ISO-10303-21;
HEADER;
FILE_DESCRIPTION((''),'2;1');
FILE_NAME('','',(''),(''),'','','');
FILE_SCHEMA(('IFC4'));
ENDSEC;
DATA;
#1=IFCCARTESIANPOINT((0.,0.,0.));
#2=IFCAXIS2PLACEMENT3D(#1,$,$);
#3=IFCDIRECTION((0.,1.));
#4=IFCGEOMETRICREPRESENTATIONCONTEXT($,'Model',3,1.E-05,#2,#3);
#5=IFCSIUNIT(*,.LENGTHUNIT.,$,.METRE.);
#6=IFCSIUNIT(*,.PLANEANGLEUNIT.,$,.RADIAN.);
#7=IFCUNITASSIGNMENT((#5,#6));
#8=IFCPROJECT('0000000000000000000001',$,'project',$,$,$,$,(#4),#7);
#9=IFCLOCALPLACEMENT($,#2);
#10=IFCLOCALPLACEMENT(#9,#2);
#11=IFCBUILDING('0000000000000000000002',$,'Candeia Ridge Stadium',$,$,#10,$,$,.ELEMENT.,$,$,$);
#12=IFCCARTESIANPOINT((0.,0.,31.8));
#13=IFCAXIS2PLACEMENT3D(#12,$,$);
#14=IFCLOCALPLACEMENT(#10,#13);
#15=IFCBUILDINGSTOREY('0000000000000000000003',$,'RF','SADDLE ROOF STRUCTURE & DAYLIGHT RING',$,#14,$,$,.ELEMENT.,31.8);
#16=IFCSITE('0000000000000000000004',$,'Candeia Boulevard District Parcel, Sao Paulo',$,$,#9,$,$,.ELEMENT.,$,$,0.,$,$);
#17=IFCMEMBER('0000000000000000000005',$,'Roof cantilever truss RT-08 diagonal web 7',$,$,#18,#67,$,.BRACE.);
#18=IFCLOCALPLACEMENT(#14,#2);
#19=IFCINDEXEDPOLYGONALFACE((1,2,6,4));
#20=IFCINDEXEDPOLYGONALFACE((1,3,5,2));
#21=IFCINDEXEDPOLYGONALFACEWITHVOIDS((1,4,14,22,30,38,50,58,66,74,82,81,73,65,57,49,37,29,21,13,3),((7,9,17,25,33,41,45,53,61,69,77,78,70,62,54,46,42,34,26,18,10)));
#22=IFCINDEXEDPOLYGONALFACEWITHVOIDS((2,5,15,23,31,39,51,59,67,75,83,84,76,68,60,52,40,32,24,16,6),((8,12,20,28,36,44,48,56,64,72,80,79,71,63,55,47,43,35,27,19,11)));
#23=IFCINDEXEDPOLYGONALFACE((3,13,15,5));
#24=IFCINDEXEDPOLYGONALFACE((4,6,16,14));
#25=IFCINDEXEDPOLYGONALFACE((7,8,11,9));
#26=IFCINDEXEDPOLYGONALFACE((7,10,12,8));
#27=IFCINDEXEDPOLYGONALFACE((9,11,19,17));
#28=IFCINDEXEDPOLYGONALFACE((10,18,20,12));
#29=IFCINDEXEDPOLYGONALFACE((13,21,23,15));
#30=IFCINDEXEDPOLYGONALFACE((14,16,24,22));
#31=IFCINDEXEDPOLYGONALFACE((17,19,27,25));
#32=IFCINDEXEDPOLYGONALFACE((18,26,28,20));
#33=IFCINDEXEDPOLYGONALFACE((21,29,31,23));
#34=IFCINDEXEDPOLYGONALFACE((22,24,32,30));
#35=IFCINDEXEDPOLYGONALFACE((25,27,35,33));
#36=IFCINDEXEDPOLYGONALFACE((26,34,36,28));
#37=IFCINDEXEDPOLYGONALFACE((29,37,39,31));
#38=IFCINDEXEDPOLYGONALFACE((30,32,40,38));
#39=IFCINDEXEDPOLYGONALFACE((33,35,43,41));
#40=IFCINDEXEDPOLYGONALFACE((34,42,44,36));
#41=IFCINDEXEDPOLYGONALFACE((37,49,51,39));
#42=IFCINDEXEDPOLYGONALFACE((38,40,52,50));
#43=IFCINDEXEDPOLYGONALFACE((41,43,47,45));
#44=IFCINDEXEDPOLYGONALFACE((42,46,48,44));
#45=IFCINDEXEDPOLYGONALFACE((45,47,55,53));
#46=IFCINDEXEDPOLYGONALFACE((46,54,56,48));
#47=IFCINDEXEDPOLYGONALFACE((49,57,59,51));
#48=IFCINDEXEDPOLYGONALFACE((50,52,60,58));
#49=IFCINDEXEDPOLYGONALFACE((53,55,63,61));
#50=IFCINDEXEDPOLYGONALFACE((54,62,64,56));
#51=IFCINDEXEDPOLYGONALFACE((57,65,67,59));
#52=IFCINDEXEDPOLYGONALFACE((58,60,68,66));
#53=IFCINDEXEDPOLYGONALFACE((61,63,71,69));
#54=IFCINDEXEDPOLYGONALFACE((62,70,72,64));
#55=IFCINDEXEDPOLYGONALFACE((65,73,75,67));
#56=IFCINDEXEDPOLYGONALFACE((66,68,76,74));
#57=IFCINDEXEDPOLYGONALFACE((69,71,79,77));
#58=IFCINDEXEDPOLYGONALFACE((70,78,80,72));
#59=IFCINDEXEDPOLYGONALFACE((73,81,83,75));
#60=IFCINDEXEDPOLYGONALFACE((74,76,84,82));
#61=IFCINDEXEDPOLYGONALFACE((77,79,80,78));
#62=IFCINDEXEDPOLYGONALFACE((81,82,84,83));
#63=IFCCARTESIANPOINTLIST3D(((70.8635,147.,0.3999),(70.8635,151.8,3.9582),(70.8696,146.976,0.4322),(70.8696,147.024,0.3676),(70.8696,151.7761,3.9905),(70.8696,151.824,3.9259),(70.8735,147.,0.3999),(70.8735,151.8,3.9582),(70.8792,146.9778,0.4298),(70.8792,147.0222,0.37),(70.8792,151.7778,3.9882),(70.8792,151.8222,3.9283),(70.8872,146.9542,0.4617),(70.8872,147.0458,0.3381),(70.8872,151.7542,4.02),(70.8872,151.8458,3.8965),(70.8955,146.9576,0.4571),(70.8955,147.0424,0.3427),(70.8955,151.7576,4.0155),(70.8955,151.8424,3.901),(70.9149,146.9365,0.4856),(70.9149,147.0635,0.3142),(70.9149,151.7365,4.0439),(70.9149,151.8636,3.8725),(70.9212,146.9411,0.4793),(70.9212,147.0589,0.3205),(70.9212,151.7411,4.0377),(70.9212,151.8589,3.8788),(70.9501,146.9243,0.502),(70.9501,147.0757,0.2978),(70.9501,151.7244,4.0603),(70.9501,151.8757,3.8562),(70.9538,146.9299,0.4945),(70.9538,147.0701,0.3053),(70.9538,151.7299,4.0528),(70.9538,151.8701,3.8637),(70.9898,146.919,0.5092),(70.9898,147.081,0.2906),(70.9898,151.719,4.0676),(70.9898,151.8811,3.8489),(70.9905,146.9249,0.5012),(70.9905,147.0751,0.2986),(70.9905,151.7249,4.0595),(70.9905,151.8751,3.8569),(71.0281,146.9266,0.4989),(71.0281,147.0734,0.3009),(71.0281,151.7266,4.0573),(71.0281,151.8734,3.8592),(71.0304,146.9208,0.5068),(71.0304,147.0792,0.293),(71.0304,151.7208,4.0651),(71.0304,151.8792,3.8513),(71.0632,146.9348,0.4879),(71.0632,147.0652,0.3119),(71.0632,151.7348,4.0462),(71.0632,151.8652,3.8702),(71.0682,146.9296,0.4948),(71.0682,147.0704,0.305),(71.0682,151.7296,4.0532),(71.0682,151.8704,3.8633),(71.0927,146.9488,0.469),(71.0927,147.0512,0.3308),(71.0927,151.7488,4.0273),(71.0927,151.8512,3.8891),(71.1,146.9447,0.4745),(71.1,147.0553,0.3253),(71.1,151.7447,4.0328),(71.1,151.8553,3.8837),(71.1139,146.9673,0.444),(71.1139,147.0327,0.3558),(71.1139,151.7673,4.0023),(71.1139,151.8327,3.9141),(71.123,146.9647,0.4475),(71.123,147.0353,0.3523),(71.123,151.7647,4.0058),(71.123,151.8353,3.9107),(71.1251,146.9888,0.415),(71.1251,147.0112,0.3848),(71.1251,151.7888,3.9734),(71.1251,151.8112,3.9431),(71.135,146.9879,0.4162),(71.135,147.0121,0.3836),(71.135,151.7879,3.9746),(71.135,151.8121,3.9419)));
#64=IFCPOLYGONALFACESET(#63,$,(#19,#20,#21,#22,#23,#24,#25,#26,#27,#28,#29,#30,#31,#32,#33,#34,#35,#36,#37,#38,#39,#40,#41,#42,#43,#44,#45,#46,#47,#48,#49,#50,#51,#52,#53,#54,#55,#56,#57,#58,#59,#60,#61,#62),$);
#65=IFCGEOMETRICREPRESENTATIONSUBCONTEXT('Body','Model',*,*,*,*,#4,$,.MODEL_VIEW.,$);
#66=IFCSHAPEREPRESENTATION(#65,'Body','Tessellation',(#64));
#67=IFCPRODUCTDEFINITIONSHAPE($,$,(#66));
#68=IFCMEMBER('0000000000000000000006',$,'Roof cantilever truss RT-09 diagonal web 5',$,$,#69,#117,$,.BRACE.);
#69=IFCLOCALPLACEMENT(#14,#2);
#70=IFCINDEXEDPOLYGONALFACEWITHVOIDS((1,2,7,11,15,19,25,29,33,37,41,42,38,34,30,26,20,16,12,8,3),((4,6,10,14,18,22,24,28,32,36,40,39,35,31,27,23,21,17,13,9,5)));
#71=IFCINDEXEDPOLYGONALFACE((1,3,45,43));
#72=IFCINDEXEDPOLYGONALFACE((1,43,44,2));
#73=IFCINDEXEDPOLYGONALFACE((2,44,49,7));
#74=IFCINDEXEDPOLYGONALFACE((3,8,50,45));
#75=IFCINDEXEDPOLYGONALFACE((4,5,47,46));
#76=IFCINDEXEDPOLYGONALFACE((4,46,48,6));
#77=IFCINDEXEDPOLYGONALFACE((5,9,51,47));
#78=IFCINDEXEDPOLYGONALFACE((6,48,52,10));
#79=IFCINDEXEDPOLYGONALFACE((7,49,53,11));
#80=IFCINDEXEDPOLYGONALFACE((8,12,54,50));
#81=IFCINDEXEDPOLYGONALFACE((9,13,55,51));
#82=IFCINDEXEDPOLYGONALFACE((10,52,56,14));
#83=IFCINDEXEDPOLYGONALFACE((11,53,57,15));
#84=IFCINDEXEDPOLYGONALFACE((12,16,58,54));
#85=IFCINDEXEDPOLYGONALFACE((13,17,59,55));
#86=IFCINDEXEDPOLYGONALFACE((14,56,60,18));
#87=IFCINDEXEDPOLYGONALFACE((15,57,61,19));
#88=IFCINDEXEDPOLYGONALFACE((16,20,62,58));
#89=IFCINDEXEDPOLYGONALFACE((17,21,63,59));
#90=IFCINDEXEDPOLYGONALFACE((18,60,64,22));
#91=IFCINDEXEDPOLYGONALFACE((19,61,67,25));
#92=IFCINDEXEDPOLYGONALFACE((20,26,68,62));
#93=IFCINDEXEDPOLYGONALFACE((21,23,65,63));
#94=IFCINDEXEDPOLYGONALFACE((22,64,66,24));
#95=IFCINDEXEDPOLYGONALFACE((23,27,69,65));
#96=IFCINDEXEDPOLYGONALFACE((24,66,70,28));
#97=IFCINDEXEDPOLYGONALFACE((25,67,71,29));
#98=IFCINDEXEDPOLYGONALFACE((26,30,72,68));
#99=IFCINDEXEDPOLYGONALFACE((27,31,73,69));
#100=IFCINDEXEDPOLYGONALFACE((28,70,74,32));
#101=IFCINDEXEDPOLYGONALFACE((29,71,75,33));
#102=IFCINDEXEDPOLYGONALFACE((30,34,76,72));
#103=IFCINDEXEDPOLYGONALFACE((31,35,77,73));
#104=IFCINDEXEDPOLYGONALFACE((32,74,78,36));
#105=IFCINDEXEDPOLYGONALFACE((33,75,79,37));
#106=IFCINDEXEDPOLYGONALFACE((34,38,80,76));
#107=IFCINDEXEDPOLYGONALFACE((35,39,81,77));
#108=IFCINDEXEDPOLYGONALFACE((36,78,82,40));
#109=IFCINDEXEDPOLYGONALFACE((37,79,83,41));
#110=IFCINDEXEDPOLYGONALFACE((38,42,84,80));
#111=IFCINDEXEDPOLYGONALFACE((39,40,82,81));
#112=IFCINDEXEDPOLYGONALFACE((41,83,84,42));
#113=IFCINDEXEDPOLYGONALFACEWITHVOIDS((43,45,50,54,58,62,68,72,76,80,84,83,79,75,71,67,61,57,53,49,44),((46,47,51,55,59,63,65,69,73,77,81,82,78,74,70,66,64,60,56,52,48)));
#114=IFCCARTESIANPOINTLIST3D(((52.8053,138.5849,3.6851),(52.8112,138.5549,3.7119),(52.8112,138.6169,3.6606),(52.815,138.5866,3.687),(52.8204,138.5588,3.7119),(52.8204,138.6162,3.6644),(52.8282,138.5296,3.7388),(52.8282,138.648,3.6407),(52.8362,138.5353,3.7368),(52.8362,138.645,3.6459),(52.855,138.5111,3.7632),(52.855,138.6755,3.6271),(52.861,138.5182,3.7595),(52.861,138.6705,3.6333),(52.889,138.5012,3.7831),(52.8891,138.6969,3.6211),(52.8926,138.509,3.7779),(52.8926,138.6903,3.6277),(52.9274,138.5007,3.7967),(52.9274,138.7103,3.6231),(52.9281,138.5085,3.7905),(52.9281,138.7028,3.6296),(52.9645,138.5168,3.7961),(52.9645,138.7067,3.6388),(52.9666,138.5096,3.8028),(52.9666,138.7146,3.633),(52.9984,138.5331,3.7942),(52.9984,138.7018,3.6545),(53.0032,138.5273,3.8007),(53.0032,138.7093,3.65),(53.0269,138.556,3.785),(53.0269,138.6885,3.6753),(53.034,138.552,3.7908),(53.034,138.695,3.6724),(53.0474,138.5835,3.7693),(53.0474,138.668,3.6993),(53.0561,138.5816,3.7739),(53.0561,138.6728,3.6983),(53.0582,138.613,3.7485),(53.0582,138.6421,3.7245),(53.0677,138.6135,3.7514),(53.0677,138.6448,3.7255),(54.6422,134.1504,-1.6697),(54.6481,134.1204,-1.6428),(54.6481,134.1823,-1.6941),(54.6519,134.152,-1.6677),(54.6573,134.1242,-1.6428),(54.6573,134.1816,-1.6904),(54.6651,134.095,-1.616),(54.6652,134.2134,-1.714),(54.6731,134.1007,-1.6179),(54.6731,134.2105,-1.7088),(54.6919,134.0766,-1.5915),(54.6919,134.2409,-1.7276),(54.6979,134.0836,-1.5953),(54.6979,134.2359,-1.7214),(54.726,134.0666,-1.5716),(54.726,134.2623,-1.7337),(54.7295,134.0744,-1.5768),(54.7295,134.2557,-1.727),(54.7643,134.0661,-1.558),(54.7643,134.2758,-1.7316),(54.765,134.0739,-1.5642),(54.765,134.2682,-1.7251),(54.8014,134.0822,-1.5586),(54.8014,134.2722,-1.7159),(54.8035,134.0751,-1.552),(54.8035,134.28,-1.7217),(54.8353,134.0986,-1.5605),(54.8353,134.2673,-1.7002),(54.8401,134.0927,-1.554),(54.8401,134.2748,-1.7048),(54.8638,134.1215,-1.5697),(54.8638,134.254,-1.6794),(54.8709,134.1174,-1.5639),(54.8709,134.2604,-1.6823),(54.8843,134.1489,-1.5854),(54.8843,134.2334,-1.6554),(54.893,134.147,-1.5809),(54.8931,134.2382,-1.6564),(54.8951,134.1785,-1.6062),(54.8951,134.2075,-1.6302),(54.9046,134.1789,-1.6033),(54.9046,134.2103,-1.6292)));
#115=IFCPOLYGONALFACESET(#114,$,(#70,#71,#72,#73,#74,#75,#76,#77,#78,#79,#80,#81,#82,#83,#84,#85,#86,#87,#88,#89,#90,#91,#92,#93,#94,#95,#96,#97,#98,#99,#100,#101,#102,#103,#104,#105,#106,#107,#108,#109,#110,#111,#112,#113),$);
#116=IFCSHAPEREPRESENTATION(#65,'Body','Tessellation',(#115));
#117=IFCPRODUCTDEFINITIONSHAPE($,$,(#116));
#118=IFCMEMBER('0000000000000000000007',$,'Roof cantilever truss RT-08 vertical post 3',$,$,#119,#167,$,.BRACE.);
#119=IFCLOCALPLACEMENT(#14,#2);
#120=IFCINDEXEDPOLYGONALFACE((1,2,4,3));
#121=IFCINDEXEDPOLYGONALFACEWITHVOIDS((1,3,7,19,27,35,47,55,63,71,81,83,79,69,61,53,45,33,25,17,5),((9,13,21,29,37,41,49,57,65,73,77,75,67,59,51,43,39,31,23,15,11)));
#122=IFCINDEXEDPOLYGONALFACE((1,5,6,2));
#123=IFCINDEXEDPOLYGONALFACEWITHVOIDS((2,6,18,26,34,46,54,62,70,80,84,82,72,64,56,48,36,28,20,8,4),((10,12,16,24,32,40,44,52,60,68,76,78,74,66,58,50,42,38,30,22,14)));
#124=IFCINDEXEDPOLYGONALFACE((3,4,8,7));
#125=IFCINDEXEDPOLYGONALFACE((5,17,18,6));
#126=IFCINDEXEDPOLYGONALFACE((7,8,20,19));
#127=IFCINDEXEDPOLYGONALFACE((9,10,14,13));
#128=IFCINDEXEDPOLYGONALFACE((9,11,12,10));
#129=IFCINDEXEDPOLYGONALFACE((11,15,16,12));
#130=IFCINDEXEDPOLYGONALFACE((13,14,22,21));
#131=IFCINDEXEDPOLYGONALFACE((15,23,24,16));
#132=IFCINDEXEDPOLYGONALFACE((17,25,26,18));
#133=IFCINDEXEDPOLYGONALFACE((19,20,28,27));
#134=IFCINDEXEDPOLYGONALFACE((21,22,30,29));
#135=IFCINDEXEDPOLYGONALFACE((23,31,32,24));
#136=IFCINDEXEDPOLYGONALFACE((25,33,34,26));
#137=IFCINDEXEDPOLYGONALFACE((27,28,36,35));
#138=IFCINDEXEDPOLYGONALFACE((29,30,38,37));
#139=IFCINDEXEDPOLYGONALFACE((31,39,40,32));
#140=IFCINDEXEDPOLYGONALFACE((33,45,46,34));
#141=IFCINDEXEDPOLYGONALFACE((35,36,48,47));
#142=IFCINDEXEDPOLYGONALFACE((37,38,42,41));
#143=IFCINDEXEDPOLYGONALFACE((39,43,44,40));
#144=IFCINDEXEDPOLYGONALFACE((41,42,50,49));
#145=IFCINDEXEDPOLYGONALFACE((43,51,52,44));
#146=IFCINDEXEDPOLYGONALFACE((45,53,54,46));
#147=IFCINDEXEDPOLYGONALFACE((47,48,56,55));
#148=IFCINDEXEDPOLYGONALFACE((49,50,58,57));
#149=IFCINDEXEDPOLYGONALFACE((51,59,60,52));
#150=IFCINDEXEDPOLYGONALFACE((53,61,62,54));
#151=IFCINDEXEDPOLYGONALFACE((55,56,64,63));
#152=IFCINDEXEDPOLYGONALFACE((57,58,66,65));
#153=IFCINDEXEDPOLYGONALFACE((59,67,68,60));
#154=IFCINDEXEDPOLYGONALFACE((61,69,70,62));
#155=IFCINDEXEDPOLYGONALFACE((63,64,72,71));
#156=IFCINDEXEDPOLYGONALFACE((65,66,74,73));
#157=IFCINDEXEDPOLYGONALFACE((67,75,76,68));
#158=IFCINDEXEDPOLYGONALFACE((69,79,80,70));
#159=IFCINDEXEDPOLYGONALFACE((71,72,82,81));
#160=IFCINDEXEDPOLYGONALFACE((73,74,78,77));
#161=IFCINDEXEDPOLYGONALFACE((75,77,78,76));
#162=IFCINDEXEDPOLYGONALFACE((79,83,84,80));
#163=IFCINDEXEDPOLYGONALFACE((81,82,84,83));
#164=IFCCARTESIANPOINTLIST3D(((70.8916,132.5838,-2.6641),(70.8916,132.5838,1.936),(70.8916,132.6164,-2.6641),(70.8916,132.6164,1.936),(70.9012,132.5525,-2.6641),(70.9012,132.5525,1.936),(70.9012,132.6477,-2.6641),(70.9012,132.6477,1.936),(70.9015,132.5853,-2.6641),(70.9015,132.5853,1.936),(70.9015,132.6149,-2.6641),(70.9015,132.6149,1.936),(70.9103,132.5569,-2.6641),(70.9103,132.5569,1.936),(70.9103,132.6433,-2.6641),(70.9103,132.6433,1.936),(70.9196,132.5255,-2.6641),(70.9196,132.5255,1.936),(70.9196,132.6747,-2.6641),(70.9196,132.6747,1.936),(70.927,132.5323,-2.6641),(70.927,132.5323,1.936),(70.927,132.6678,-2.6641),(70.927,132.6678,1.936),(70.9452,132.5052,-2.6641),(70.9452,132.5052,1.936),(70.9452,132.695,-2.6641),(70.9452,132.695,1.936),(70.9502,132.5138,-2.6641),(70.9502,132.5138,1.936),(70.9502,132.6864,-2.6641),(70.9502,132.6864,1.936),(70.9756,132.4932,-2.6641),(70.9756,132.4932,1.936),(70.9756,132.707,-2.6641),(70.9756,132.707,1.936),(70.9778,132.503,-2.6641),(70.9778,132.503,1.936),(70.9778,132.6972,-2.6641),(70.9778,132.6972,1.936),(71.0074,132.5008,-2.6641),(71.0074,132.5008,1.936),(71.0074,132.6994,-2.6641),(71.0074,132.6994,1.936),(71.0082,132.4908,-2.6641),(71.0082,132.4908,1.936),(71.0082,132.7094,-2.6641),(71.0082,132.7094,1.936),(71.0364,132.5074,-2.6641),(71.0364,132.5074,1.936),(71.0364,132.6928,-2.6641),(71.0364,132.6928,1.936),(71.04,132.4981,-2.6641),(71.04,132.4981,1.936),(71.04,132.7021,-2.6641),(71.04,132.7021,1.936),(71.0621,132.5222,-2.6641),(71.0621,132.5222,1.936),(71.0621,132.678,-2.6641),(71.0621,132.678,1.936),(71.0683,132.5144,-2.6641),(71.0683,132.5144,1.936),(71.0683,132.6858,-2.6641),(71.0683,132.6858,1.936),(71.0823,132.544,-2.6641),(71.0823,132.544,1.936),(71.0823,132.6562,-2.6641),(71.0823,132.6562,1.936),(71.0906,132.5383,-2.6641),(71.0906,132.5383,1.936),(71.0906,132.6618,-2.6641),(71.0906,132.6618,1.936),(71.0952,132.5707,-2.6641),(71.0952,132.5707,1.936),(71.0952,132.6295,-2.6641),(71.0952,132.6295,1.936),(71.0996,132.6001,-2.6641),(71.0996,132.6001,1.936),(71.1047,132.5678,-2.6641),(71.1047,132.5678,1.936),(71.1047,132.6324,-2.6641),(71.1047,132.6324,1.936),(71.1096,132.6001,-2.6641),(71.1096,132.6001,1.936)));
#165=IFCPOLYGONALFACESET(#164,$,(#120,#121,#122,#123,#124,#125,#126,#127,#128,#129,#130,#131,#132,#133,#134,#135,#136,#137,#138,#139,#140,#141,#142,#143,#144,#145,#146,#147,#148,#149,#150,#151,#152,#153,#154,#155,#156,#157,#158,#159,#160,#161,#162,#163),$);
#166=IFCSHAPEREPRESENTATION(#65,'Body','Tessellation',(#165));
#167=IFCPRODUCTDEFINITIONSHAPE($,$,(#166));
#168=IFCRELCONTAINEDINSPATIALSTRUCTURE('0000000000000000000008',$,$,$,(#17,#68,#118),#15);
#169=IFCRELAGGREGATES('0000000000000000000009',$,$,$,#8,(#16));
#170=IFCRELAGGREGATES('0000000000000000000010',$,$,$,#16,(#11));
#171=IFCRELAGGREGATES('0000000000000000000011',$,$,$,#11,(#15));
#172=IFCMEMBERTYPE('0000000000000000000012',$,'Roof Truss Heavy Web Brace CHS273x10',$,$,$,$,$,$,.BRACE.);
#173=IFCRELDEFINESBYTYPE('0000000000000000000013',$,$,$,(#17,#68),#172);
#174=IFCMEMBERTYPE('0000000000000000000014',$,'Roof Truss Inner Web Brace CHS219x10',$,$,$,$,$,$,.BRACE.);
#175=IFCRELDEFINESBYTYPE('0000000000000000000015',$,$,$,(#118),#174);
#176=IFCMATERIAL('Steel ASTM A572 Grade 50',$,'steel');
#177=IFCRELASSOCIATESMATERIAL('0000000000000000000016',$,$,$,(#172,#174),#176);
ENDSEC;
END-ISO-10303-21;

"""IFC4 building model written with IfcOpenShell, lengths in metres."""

from ifc_helpers import new_model, si_unit, direction, frame, origin, origin_2d, place, context, subcontext, project, spatial, hollow_circle, extrude, material, material_profile, profile_set, type_object, element, save


model = new_model("IFC4")

# Units and contexts
model_context = context("Model", 3, precision=1e-05, world=origin(), true_north=direction((0.0, 1.0)))
body_context = subcontext(model_context, "Body", "Model", "MODEL_VIEW")
ifc_project = project(units=[si_unit("LENGTHUNIT", "METRE"), si_unit("PLANEANGLEUNIT", "RADIAN")], contexts=[model_context])

# Site, building, storey
site_placement = place(None, origin())
site = spatial("IfcSite", under=ifc_project, at=site_placement, Name="Candeia Boulevard District Parcel, Sao Paulo", CompositionType="ELEMENT", RefElevation=0.0)
building_placement = place(site_placement, origin())
building = spatial("IfcBuilding", under=site, at=building_placement, Name="Candeia Ridge Stadium", CompositionType="ELEMENT")
storey_placement = place(building_placement, frame((0.0, 0.0, 31.8)))
storey = spatial("IfcBuildingStorey", under=building, at=storey_placement, Name="RF", Description="SADDLE ROOF STRUCTURE & DAYLIGHT RING", CompositionType="ELEMENT", Elevation=31.8)

# Shared definitions
ifc_material_1 = material(Name="Steel ASTM A572 Grade 50", Category="steel")

# Members
ifc_material_profile_1 = material_profile(ifc_material_1, hollow_circle(Radius=0.1365, WallThickness=0.01, at=origin_2d()), Name="CHS273x10", Category="steel")
ifc_profile_set_1 = profile_set([ifc_material_profile_1], Name="Steel ASTM A572 Grade 50")
member_type_1 = type_object("IfcMemberType", Name="Roof Truss Heavy Web Brace CHS273x10", PredefinedType="BRACE", material=ifc_profile_set_1)
member_1_placement = place(storey_placement, frame((71.0, 147.0, 0.3999), z_axis=(0.0, 0.803336, 0.595526), x_axis=(-1.0, 0.0, 0.0)))
element("IfcMember", 1, at=member_1_placement, inside=storey, type_object=member_type_1, Name="Roof cantilever truss RT-08 diagonal web 7", PredefinedType="BRACE", context=body_context, shape_type="SweptSolid", body=[
    extrude(hollow_circle(Radius=0.1365, WallThickness=0.01, at=origin_2d()), origin(), (0.0, 0.0, 1.0), 5.9751),
])
member_2_placement = place(storey_placement, frame((54.7742, 134.1726, -1.6428), z_axis=(-0.25544, 0.616669, 0.744627), x_axis=(-0.923875, -0.382693, 0.0)))
element("IfcMember", 2, at=member_2_placement, inside=storey, type_object=member_type_1, Name="Roof cantilever truss RT-09 diagonal web 5", PredefinedType="BRACE", context=body_context, shape_type="SweptSolid", body=[
    extrude(hollow_circle(Radius=0.1365, WallThickness=0.01, at=origin_2d()), origin(), (0.0, 0.0, 1.0), 7.1912),
])
ifc_material_profile_2 = material_profile(ifc_material_1, hollow_circle(Radius=0.1096, WallThickness=0.01, at=origin_2d()), Name="CHS219x10", Category="steel")
ifc_profile_set_2 = profile_set([ifc_material_profile_2], Name="Steel ASTM A572 Grade 50")
member_type_2 = type_object("IfcMemberType", Name="Roof Truss Inner Web Brace CHS219x10", PredefinedType="BRACE", material=ifc_profile_set_2)
member_3_placement = place(storey_placement, frame((71.0, 132.6001, -2.6641), z_axis=(0.0, 0.0, 1.0), x_axis=(1.0, 0.0, 0.0)))
element("IfcMember", 3, at=member_3_placement, inside=storey, type_object=member_type_2, Name="Roof cantilever truss RT-08 vertical post 3", PredefinedType="BRACE", context=body_context, shape_type="SweptSolid", body=[
    extrude(hollow_circle(Radius=0.1096, WallThickness=0.01, at=origin_2d()), origin(), (0.0, 0.0, 1.0), 4.6001),
])

save(model, "model.ifc")
